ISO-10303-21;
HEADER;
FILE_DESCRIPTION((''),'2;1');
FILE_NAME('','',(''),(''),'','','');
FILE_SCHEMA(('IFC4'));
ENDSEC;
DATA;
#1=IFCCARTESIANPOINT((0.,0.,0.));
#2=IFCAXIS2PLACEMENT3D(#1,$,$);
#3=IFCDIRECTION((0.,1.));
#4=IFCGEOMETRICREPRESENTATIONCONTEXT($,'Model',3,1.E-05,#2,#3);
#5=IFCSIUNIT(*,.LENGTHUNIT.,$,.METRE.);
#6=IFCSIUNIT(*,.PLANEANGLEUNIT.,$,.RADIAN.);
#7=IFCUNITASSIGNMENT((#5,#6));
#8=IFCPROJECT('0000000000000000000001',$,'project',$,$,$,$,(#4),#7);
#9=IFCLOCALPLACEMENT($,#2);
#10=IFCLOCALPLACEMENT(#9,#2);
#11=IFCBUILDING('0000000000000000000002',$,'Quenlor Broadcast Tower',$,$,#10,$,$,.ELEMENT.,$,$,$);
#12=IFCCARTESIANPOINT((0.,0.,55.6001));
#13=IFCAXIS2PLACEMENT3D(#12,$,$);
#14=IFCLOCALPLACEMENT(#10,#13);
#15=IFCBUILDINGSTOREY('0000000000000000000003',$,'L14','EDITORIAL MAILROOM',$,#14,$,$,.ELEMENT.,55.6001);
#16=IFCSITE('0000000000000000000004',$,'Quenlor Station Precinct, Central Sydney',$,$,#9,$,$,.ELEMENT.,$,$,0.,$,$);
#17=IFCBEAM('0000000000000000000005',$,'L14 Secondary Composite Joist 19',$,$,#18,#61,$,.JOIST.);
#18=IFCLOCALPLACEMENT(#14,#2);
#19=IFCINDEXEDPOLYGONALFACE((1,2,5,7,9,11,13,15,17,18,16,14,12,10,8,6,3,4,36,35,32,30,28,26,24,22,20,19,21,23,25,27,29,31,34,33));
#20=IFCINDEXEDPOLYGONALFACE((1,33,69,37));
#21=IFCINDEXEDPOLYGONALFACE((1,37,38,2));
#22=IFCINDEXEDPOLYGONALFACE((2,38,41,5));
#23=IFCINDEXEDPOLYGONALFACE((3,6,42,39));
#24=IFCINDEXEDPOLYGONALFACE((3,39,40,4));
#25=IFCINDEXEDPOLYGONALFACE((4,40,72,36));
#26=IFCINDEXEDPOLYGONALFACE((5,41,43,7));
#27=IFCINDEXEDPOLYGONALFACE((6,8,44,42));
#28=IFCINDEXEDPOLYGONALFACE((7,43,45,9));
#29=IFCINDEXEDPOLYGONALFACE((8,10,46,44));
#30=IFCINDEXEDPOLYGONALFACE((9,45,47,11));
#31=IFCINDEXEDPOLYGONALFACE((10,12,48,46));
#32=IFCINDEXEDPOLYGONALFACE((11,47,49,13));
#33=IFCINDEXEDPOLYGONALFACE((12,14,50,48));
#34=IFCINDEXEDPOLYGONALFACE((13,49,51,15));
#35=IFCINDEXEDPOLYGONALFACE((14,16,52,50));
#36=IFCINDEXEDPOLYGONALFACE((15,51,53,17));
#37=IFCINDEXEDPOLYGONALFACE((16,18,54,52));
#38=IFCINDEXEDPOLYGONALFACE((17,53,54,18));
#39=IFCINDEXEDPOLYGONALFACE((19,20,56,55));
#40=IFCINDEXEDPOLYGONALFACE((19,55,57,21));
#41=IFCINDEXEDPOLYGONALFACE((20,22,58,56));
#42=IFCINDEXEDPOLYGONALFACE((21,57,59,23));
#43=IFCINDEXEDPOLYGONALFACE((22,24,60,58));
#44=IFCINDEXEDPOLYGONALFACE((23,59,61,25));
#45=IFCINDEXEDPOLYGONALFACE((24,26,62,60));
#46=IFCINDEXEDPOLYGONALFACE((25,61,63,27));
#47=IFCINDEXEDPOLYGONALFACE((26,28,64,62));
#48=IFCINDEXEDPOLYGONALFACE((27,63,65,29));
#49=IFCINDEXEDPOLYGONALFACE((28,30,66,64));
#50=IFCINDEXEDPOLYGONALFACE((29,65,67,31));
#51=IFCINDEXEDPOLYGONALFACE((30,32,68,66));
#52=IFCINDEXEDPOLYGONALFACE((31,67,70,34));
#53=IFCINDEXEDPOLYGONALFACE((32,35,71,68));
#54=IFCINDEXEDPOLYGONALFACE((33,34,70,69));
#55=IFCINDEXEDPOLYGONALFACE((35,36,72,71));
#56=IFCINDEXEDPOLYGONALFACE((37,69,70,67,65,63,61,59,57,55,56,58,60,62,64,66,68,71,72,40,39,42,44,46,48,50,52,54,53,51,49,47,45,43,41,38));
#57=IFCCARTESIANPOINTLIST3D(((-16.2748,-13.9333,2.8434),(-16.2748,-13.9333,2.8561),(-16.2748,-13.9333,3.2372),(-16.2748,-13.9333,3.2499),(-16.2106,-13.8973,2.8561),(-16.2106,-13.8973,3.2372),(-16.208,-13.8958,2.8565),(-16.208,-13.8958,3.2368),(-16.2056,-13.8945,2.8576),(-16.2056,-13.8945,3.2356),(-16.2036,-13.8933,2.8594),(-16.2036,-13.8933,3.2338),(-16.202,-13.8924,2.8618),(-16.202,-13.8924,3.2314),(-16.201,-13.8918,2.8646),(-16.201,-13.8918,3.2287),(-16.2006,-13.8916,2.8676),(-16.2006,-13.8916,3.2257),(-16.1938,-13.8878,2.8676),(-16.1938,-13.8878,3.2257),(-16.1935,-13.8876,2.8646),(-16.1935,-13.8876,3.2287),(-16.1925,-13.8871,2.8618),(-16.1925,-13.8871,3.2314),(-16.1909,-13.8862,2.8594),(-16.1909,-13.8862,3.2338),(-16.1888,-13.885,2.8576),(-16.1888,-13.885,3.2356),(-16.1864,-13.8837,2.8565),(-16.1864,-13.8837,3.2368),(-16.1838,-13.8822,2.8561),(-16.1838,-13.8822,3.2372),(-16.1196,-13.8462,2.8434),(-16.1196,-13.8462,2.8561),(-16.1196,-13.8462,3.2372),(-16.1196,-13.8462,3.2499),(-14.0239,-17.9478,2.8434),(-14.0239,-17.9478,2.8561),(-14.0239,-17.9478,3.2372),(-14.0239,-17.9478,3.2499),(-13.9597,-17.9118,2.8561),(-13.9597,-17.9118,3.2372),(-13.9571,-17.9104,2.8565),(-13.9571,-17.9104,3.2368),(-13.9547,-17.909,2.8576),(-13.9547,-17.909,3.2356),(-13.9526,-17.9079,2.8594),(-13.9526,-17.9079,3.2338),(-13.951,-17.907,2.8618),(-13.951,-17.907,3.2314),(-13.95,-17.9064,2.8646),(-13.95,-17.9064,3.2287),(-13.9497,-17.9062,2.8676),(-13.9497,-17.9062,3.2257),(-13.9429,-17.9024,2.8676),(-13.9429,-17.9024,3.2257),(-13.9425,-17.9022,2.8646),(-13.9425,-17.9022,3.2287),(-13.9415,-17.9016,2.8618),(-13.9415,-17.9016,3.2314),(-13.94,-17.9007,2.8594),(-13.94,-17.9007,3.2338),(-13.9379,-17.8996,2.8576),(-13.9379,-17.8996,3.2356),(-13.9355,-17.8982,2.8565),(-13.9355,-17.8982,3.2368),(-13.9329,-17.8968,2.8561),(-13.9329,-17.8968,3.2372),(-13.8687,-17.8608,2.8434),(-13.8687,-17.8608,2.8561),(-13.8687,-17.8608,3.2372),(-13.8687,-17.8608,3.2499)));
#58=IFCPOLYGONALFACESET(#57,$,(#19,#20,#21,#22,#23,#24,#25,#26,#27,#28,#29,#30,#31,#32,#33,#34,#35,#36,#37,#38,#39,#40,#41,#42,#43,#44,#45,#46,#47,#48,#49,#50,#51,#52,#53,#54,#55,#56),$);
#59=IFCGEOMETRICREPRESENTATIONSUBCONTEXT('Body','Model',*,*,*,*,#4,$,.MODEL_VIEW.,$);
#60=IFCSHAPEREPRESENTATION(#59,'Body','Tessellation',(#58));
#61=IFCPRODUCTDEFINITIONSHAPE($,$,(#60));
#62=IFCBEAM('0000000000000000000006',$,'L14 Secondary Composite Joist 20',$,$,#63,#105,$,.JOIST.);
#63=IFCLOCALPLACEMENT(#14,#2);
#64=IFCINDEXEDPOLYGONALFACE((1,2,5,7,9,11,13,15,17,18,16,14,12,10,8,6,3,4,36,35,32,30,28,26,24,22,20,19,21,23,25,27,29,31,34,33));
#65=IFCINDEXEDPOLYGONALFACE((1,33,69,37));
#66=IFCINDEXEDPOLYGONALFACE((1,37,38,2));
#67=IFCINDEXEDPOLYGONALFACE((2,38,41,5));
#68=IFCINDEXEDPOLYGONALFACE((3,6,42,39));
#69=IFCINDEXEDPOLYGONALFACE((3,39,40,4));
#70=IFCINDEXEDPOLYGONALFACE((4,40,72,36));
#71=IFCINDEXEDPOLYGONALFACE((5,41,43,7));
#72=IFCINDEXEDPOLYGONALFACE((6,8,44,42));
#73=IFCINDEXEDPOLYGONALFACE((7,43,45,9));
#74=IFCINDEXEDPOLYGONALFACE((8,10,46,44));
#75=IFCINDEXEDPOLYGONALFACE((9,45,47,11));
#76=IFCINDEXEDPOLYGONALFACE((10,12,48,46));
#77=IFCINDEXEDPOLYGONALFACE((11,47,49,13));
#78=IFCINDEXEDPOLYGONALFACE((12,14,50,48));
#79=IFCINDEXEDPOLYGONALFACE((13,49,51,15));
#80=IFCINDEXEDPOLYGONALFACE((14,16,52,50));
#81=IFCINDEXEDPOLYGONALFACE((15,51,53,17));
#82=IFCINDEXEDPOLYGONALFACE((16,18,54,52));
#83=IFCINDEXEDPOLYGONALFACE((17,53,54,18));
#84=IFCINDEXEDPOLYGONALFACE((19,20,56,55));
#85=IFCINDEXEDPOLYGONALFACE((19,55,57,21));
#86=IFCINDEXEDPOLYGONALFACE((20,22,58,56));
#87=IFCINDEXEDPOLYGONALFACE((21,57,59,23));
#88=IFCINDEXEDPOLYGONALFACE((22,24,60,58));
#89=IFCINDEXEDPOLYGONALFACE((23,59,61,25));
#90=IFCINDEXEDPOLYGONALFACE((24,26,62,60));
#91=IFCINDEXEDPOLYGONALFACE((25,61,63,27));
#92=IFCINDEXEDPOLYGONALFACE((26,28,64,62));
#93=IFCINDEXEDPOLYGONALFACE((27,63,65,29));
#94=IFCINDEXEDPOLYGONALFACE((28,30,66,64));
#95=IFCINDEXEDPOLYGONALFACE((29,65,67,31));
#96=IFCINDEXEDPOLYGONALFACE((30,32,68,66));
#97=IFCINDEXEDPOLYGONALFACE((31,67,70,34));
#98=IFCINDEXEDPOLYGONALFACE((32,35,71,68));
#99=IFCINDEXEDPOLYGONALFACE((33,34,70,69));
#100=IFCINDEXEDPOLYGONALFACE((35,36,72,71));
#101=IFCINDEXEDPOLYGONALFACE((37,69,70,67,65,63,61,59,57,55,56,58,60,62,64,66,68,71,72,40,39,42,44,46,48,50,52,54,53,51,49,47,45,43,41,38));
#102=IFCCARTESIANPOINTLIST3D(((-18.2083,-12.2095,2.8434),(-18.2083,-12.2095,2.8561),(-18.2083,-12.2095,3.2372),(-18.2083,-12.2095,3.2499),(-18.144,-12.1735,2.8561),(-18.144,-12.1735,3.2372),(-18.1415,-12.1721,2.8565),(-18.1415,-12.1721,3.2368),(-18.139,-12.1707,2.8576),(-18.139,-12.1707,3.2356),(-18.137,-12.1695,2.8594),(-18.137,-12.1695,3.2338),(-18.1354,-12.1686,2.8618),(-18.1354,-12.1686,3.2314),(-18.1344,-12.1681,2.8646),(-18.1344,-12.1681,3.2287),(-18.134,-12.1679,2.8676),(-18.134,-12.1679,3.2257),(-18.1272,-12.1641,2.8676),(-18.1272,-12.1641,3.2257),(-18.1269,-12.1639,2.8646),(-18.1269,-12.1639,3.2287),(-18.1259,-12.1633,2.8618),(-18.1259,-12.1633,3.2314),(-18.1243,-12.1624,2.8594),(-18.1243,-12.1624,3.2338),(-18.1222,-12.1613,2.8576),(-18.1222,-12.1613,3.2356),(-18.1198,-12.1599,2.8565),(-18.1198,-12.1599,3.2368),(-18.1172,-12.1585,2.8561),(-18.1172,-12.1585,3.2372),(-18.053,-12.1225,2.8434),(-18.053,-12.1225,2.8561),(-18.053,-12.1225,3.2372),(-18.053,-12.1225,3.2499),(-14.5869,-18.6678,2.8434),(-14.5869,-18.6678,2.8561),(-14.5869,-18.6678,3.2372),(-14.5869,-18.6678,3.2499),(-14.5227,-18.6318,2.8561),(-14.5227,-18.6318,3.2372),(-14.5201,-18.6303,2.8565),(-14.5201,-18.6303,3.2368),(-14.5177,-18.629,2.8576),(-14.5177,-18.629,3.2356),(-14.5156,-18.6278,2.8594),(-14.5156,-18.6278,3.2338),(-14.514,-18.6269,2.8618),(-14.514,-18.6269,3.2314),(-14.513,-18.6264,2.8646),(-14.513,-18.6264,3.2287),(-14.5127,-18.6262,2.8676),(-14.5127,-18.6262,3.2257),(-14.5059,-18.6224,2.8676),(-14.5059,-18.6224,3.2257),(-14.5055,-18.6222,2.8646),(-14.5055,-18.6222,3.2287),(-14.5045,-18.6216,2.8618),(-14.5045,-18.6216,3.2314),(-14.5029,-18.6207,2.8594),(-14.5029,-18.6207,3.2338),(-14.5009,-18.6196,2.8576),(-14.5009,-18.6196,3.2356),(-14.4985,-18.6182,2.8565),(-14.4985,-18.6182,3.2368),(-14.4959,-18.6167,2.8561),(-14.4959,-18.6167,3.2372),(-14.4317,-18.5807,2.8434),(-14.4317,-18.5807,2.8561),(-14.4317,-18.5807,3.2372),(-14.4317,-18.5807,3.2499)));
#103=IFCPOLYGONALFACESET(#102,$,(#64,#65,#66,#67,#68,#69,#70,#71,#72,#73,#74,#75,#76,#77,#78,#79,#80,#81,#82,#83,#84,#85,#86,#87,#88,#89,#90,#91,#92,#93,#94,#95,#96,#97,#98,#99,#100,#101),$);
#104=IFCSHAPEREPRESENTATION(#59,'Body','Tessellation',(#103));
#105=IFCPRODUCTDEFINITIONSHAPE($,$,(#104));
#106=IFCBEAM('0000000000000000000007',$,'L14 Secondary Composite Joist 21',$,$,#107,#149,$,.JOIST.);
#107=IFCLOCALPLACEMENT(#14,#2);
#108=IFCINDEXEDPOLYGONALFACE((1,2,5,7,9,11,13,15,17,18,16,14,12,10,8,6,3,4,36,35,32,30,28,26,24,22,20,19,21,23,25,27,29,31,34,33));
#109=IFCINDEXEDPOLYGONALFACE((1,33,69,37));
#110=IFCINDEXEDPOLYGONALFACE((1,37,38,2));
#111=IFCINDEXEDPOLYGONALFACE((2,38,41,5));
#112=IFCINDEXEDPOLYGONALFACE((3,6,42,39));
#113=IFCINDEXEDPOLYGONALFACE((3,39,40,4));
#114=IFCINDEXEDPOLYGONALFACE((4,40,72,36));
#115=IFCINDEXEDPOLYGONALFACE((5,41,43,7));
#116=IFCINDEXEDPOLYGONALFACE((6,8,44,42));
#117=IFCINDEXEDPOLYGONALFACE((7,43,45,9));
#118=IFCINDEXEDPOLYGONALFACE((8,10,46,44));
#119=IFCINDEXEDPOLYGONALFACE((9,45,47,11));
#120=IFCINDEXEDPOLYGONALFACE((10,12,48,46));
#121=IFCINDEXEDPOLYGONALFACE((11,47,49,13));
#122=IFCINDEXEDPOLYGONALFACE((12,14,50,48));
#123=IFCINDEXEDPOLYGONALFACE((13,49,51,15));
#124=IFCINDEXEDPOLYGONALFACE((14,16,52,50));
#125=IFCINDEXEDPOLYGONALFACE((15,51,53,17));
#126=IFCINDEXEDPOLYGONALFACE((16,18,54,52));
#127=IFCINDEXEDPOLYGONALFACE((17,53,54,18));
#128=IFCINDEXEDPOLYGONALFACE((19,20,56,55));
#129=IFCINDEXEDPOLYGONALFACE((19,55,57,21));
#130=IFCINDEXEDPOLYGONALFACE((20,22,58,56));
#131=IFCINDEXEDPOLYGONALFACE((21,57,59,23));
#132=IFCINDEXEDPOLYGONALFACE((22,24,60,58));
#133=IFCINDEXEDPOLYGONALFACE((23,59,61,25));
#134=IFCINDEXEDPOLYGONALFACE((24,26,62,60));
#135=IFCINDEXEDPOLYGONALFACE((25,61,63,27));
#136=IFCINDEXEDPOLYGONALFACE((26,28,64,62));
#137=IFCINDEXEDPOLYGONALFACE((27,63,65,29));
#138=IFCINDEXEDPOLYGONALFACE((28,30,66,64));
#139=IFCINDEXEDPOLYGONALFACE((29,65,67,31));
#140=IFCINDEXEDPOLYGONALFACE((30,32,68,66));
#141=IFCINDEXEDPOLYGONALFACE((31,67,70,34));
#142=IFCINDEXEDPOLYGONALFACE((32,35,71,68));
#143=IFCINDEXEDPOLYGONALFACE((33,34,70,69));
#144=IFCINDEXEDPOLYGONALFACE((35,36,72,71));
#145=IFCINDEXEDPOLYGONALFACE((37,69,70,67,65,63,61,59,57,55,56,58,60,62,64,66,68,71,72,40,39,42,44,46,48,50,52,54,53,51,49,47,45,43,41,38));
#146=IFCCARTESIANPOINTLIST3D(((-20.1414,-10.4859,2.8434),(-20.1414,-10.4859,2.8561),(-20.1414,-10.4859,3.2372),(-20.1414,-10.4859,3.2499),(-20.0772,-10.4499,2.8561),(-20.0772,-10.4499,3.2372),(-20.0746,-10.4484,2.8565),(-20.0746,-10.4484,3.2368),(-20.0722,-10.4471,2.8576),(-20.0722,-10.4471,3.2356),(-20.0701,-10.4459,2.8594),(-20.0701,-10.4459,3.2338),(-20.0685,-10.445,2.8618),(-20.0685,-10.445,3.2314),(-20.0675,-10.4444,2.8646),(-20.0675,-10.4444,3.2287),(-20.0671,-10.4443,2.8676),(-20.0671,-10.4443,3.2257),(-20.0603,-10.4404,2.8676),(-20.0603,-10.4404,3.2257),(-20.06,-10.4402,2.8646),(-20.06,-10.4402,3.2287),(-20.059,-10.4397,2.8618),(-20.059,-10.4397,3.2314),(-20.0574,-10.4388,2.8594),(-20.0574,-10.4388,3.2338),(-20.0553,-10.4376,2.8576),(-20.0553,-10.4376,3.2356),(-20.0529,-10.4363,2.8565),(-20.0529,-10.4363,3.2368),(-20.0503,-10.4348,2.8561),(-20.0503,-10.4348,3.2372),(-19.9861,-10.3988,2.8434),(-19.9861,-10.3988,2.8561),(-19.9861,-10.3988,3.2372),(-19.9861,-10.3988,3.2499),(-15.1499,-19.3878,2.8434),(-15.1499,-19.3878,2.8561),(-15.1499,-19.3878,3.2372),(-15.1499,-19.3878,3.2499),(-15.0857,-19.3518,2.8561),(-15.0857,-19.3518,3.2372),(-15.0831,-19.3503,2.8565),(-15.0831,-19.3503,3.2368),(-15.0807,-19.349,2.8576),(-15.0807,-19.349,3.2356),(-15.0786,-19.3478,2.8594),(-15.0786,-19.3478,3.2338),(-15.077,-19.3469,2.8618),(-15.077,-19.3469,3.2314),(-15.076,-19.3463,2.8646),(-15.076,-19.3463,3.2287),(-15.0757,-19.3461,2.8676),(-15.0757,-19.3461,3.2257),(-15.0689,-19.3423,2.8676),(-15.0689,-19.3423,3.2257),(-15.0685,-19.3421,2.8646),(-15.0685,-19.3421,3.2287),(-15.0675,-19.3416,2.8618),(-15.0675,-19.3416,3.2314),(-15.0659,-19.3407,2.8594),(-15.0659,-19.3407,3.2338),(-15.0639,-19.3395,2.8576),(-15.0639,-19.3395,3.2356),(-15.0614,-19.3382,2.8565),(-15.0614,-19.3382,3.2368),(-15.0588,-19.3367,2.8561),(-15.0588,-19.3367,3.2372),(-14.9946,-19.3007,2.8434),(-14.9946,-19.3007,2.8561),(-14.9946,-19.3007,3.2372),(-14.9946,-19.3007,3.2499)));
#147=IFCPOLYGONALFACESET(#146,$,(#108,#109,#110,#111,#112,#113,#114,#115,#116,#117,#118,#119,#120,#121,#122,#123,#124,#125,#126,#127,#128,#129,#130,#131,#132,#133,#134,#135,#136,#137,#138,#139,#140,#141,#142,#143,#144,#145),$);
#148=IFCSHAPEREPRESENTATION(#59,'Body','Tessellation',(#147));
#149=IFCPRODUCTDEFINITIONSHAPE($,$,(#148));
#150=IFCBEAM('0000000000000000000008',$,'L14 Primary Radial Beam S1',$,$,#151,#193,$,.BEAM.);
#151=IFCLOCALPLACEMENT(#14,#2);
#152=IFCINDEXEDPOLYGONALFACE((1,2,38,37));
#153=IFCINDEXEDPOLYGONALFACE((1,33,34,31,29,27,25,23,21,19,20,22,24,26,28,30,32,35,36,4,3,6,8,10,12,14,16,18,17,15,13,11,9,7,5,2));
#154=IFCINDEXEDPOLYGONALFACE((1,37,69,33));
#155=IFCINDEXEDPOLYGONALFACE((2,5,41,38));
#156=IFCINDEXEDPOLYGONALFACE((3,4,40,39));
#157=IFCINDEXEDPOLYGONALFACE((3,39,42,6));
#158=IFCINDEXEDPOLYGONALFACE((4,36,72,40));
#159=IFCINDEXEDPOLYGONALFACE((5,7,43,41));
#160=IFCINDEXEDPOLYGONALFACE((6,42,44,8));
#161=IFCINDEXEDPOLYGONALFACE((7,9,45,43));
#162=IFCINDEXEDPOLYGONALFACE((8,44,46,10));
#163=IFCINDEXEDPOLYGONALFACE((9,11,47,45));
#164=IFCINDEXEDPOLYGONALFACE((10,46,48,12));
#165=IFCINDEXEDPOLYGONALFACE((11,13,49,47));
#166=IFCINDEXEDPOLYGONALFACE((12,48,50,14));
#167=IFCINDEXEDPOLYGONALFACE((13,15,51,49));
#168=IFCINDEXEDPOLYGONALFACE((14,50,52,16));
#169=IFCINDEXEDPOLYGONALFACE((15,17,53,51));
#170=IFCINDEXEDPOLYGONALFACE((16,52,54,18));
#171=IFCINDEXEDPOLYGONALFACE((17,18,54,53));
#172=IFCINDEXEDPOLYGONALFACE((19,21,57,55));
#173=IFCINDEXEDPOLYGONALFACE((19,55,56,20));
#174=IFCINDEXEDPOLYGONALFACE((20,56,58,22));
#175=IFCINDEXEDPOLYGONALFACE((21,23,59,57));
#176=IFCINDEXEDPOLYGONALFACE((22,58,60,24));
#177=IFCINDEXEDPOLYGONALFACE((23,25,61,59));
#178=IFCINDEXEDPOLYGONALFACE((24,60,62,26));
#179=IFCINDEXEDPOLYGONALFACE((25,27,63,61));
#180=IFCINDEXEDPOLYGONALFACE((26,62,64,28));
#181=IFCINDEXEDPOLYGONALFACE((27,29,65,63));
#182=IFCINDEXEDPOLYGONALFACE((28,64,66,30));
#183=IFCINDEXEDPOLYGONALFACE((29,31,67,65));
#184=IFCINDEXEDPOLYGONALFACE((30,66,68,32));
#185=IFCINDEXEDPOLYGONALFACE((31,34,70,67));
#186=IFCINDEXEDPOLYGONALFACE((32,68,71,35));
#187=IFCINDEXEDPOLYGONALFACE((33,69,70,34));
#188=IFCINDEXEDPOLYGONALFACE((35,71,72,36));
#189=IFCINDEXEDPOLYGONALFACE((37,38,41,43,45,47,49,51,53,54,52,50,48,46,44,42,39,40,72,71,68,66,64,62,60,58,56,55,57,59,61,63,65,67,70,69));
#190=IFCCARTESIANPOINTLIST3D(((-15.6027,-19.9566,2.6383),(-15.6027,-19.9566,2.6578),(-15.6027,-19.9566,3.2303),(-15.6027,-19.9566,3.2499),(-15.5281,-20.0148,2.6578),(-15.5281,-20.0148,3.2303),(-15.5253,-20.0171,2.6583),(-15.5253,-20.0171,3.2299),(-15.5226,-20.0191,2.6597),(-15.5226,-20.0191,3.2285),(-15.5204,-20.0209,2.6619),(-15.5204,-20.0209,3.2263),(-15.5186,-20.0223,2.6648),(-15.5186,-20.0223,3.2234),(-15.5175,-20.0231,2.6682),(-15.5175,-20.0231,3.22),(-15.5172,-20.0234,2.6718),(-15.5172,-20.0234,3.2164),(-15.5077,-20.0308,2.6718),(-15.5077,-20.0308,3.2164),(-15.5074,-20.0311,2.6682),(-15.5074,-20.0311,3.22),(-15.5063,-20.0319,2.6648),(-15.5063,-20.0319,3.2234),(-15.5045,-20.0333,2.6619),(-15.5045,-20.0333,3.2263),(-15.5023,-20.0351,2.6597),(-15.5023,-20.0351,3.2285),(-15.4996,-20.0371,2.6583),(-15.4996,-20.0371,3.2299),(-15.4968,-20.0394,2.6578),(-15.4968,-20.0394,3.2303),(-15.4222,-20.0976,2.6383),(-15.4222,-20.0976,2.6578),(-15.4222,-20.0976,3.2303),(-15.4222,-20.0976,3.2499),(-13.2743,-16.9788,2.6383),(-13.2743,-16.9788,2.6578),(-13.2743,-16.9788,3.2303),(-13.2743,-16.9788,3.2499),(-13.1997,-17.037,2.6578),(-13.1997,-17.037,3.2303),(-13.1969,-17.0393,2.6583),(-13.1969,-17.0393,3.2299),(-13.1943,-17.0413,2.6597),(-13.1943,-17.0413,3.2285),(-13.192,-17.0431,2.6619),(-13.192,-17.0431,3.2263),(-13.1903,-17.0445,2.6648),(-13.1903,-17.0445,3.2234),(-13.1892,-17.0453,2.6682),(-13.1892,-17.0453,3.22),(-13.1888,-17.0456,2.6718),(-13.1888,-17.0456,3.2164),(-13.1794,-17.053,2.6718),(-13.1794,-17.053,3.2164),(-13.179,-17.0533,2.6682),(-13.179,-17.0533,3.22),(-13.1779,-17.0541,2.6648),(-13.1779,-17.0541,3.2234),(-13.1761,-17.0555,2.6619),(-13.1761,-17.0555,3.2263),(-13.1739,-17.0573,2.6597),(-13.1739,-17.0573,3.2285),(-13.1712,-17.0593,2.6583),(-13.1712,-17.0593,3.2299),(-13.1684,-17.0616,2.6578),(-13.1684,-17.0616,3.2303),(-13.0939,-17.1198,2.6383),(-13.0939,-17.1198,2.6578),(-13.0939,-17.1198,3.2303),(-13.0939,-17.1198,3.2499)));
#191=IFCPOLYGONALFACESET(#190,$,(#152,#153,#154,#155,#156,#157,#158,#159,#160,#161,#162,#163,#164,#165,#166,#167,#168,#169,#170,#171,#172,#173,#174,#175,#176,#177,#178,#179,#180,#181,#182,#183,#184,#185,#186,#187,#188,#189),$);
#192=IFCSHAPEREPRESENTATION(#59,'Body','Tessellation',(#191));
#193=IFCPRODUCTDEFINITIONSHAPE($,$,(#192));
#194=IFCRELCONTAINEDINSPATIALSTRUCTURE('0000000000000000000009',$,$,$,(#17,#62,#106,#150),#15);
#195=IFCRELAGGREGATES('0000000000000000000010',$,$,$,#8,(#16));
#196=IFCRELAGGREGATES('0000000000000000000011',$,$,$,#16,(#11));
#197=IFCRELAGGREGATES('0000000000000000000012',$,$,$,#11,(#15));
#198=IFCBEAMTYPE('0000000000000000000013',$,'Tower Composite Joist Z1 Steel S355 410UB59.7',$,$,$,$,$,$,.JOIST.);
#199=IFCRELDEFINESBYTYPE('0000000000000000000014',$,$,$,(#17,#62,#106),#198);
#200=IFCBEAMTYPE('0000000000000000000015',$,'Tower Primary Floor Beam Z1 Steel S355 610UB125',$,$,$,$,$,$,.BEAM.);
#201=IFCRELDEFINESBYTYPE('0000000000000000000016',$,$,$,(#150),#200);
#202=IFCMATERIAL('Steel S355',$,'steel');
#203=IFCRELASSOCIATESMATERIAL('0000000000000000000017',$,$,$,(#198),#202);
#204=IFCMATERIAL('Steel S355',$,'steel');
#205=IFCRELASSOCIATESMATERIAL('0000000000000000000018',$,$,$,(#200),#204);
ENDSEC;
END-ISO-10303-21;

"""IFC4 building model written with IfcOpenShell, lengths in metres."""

from ifc_helpers import new_model, si_unit, direction, frame, origin, origin_2d, place, context, subcontext, project, spatial, i_section, extrude, material, material_profile, profile_set, type_object, element, save


model = new_model("IFC4")

# Units and contexts
model_context = context("Model", 3, precision=1e-05, world=origin(), true_north=direction((0.0, 1.0)))
body_context = subcontext(model_context, "Body", "Model", "MODEL_VIEW")
ifc_project = project(units=[si_unit("LENGTHUNIT", "METRE"), si_unit("PLANEANGLEUNIT", "RADIAN")], contexts=[model_context])

# Site, building, storey
site_placement = place(None, origin())
site = spatial("IfcSite", under=ifc_project, at=site_placement, Name="Quenlor Station Precinct, Central Sydney", CompositionType="ELEMENT", RefElevation=0.0)
building_placement = place(site_placement, origin())
building = spatial("IfcBuilding", under=site, at=building_placement, Name="Quenlor Broadcast Tower", CompositionType="ELEMENT")
storey_placement = place(building_placement, frame((0.0, 0.0, 55.6001)))
storey = spatial("IfcBuildingStorey", under=building, at=storey_placement, Name="L14", Description="EDITORIAL MAILROOM", CompositionType="ELEMENT", Elevation=55.6001)

# Beams
ifc_material_1 = material(Name="Steel S355", Category="steel")
ifc_material_profile_1 = material_profile(ifc_material_1, i_section(OverallWidth=0.178, OverallDepth=0.4065, WebThickness=0.0078, FlangeThickness=0.0127, FilletRadius=0.0115, at=origin_2d()))
ifc_profile_set_1 = profile_set([ifc_material_profile_1], Name="Steel S355 410UB59.7")
beam_type_1 = type_object("IfcBeamType", Name="Tower Composite Joist Z1 Steel S355 410UB59.7", PredefinedType="JOIST", material=ifc_profile_set_1)
beam_1_placement = place(storey_placement, frame((-13.9463, -17.9043, 3.0466), z_axis=(-0.489062, 0.872249, 0.0), x_axis=(-0.872249, -0.489062, 0.0)))
element("IfcBeam", 1, at=beam_1_placement, inside=storey, type_object=beam_type_1, Name="L14 Secondary Composite Joist 19", PredefinedType="JOIST", context=body_context, shape_type="SweptSolid", body=[
    extrude(i_section(OverallWidth=0.178, OverallDepth=0.4065, WebThickness=0.0078, FlangeThickness=0.0127, FilletRadius=0.0115, at=origin_2d()), origin(), (0.0, 0.0, 1.0), 4.6025),
])
beam_2_placement = place(storey_placement, frame((-14.5093, -18.6243, 3.0466), z_axis=(-0.489088, 0.872234, 0.0), x_axis=(-0.872234, -0.489088, 0.0)))
element("IfcBeam", 2, at=beam_2_placement, inside=storey, type_object=beam_type_1, Name="L14 Secondary Composite Joist 20", PredefinedType="JOIST", context=body_context, shape_type="SweptSolid", body=[
    extrude(i_section(OverallWidth=0.178, OverallDepth=0.4065, WebThickness=0.0078, FlangeThickness=0.0127, FilletRadius=0.0115, at=origin_2d()), origin(), (0.0, 0.0, 1.0), 7.4043),
])
beam_3_placement = place(storey_placement, frame((-15.0723, -19.3442, 3.0466), z_axis=(-0.489082, 0.872238, 0.0), x_axis=(-0.872238, -0.489082, 0.0)))
element("IfcBeam", 3, at=beam_3_placement, inside=storey, type_object=beam_type_1, Name="L14 Secondary Composite Joist 21", PredefinedType="JOIST", context=body_context, shape_type="SweptSolid", body=[
    extrude(i_section(OverallWidth=0.178, OverallDepth=0.4065, WebThickness=0.0078, FlangeThickness=0.0127, FilletRadius=0.0115, at=origin_2d()), origin(), (0.0, 0.0, 1.0), 10.2058),
])
ifc_material_2 = material(Name="Steel S355", Category="steel")
ifc_material_profile_2 = material_profile(ifc_material_2, i_section(OverallWidth=0.229, OverallDepth=0.6116, WebThickness=0.012, FlangeThickness=0.0195, FilletRadius=0.0139, at=origin_2d()))
ifc_profile_set_2 = profile_set([ifc_material_profile_2], Name="Steel S355 610UB125")
beam_type_2 = type_object("IfcBeamType", Name="Tower Primary Floor Beam Z1 Steel S355 610UB125", PredefinedType="BEAM", material=ifc_profile_set_2)
beam_4_placement = place(storey_placement, frame((-15.5125, -20.0271, 2.9441), z_axis=(0.615969, 0.787771, 0.0), x_axis=(-0.787771, 0.615969, 0.0)))
element("IfcBeam", 4, at=beam_4_placement, inside=storey, type_object=beam_type_2, Name="L14 Primary Radial Beam S1", PredefinedType="BEAM", context=body_context, shape_type="SweptSolid", body=[
    extrude(i_section(OverallWidth=0.229, OverallDepth=0.6116, WebThickness=0.012, FlangeThickness=0.0195, FilletRadius=0.0139, at=origin_2d()), origin(), (0.0, 0.0, 1.0), 3.78),
])

save(model, "model.ifc")
